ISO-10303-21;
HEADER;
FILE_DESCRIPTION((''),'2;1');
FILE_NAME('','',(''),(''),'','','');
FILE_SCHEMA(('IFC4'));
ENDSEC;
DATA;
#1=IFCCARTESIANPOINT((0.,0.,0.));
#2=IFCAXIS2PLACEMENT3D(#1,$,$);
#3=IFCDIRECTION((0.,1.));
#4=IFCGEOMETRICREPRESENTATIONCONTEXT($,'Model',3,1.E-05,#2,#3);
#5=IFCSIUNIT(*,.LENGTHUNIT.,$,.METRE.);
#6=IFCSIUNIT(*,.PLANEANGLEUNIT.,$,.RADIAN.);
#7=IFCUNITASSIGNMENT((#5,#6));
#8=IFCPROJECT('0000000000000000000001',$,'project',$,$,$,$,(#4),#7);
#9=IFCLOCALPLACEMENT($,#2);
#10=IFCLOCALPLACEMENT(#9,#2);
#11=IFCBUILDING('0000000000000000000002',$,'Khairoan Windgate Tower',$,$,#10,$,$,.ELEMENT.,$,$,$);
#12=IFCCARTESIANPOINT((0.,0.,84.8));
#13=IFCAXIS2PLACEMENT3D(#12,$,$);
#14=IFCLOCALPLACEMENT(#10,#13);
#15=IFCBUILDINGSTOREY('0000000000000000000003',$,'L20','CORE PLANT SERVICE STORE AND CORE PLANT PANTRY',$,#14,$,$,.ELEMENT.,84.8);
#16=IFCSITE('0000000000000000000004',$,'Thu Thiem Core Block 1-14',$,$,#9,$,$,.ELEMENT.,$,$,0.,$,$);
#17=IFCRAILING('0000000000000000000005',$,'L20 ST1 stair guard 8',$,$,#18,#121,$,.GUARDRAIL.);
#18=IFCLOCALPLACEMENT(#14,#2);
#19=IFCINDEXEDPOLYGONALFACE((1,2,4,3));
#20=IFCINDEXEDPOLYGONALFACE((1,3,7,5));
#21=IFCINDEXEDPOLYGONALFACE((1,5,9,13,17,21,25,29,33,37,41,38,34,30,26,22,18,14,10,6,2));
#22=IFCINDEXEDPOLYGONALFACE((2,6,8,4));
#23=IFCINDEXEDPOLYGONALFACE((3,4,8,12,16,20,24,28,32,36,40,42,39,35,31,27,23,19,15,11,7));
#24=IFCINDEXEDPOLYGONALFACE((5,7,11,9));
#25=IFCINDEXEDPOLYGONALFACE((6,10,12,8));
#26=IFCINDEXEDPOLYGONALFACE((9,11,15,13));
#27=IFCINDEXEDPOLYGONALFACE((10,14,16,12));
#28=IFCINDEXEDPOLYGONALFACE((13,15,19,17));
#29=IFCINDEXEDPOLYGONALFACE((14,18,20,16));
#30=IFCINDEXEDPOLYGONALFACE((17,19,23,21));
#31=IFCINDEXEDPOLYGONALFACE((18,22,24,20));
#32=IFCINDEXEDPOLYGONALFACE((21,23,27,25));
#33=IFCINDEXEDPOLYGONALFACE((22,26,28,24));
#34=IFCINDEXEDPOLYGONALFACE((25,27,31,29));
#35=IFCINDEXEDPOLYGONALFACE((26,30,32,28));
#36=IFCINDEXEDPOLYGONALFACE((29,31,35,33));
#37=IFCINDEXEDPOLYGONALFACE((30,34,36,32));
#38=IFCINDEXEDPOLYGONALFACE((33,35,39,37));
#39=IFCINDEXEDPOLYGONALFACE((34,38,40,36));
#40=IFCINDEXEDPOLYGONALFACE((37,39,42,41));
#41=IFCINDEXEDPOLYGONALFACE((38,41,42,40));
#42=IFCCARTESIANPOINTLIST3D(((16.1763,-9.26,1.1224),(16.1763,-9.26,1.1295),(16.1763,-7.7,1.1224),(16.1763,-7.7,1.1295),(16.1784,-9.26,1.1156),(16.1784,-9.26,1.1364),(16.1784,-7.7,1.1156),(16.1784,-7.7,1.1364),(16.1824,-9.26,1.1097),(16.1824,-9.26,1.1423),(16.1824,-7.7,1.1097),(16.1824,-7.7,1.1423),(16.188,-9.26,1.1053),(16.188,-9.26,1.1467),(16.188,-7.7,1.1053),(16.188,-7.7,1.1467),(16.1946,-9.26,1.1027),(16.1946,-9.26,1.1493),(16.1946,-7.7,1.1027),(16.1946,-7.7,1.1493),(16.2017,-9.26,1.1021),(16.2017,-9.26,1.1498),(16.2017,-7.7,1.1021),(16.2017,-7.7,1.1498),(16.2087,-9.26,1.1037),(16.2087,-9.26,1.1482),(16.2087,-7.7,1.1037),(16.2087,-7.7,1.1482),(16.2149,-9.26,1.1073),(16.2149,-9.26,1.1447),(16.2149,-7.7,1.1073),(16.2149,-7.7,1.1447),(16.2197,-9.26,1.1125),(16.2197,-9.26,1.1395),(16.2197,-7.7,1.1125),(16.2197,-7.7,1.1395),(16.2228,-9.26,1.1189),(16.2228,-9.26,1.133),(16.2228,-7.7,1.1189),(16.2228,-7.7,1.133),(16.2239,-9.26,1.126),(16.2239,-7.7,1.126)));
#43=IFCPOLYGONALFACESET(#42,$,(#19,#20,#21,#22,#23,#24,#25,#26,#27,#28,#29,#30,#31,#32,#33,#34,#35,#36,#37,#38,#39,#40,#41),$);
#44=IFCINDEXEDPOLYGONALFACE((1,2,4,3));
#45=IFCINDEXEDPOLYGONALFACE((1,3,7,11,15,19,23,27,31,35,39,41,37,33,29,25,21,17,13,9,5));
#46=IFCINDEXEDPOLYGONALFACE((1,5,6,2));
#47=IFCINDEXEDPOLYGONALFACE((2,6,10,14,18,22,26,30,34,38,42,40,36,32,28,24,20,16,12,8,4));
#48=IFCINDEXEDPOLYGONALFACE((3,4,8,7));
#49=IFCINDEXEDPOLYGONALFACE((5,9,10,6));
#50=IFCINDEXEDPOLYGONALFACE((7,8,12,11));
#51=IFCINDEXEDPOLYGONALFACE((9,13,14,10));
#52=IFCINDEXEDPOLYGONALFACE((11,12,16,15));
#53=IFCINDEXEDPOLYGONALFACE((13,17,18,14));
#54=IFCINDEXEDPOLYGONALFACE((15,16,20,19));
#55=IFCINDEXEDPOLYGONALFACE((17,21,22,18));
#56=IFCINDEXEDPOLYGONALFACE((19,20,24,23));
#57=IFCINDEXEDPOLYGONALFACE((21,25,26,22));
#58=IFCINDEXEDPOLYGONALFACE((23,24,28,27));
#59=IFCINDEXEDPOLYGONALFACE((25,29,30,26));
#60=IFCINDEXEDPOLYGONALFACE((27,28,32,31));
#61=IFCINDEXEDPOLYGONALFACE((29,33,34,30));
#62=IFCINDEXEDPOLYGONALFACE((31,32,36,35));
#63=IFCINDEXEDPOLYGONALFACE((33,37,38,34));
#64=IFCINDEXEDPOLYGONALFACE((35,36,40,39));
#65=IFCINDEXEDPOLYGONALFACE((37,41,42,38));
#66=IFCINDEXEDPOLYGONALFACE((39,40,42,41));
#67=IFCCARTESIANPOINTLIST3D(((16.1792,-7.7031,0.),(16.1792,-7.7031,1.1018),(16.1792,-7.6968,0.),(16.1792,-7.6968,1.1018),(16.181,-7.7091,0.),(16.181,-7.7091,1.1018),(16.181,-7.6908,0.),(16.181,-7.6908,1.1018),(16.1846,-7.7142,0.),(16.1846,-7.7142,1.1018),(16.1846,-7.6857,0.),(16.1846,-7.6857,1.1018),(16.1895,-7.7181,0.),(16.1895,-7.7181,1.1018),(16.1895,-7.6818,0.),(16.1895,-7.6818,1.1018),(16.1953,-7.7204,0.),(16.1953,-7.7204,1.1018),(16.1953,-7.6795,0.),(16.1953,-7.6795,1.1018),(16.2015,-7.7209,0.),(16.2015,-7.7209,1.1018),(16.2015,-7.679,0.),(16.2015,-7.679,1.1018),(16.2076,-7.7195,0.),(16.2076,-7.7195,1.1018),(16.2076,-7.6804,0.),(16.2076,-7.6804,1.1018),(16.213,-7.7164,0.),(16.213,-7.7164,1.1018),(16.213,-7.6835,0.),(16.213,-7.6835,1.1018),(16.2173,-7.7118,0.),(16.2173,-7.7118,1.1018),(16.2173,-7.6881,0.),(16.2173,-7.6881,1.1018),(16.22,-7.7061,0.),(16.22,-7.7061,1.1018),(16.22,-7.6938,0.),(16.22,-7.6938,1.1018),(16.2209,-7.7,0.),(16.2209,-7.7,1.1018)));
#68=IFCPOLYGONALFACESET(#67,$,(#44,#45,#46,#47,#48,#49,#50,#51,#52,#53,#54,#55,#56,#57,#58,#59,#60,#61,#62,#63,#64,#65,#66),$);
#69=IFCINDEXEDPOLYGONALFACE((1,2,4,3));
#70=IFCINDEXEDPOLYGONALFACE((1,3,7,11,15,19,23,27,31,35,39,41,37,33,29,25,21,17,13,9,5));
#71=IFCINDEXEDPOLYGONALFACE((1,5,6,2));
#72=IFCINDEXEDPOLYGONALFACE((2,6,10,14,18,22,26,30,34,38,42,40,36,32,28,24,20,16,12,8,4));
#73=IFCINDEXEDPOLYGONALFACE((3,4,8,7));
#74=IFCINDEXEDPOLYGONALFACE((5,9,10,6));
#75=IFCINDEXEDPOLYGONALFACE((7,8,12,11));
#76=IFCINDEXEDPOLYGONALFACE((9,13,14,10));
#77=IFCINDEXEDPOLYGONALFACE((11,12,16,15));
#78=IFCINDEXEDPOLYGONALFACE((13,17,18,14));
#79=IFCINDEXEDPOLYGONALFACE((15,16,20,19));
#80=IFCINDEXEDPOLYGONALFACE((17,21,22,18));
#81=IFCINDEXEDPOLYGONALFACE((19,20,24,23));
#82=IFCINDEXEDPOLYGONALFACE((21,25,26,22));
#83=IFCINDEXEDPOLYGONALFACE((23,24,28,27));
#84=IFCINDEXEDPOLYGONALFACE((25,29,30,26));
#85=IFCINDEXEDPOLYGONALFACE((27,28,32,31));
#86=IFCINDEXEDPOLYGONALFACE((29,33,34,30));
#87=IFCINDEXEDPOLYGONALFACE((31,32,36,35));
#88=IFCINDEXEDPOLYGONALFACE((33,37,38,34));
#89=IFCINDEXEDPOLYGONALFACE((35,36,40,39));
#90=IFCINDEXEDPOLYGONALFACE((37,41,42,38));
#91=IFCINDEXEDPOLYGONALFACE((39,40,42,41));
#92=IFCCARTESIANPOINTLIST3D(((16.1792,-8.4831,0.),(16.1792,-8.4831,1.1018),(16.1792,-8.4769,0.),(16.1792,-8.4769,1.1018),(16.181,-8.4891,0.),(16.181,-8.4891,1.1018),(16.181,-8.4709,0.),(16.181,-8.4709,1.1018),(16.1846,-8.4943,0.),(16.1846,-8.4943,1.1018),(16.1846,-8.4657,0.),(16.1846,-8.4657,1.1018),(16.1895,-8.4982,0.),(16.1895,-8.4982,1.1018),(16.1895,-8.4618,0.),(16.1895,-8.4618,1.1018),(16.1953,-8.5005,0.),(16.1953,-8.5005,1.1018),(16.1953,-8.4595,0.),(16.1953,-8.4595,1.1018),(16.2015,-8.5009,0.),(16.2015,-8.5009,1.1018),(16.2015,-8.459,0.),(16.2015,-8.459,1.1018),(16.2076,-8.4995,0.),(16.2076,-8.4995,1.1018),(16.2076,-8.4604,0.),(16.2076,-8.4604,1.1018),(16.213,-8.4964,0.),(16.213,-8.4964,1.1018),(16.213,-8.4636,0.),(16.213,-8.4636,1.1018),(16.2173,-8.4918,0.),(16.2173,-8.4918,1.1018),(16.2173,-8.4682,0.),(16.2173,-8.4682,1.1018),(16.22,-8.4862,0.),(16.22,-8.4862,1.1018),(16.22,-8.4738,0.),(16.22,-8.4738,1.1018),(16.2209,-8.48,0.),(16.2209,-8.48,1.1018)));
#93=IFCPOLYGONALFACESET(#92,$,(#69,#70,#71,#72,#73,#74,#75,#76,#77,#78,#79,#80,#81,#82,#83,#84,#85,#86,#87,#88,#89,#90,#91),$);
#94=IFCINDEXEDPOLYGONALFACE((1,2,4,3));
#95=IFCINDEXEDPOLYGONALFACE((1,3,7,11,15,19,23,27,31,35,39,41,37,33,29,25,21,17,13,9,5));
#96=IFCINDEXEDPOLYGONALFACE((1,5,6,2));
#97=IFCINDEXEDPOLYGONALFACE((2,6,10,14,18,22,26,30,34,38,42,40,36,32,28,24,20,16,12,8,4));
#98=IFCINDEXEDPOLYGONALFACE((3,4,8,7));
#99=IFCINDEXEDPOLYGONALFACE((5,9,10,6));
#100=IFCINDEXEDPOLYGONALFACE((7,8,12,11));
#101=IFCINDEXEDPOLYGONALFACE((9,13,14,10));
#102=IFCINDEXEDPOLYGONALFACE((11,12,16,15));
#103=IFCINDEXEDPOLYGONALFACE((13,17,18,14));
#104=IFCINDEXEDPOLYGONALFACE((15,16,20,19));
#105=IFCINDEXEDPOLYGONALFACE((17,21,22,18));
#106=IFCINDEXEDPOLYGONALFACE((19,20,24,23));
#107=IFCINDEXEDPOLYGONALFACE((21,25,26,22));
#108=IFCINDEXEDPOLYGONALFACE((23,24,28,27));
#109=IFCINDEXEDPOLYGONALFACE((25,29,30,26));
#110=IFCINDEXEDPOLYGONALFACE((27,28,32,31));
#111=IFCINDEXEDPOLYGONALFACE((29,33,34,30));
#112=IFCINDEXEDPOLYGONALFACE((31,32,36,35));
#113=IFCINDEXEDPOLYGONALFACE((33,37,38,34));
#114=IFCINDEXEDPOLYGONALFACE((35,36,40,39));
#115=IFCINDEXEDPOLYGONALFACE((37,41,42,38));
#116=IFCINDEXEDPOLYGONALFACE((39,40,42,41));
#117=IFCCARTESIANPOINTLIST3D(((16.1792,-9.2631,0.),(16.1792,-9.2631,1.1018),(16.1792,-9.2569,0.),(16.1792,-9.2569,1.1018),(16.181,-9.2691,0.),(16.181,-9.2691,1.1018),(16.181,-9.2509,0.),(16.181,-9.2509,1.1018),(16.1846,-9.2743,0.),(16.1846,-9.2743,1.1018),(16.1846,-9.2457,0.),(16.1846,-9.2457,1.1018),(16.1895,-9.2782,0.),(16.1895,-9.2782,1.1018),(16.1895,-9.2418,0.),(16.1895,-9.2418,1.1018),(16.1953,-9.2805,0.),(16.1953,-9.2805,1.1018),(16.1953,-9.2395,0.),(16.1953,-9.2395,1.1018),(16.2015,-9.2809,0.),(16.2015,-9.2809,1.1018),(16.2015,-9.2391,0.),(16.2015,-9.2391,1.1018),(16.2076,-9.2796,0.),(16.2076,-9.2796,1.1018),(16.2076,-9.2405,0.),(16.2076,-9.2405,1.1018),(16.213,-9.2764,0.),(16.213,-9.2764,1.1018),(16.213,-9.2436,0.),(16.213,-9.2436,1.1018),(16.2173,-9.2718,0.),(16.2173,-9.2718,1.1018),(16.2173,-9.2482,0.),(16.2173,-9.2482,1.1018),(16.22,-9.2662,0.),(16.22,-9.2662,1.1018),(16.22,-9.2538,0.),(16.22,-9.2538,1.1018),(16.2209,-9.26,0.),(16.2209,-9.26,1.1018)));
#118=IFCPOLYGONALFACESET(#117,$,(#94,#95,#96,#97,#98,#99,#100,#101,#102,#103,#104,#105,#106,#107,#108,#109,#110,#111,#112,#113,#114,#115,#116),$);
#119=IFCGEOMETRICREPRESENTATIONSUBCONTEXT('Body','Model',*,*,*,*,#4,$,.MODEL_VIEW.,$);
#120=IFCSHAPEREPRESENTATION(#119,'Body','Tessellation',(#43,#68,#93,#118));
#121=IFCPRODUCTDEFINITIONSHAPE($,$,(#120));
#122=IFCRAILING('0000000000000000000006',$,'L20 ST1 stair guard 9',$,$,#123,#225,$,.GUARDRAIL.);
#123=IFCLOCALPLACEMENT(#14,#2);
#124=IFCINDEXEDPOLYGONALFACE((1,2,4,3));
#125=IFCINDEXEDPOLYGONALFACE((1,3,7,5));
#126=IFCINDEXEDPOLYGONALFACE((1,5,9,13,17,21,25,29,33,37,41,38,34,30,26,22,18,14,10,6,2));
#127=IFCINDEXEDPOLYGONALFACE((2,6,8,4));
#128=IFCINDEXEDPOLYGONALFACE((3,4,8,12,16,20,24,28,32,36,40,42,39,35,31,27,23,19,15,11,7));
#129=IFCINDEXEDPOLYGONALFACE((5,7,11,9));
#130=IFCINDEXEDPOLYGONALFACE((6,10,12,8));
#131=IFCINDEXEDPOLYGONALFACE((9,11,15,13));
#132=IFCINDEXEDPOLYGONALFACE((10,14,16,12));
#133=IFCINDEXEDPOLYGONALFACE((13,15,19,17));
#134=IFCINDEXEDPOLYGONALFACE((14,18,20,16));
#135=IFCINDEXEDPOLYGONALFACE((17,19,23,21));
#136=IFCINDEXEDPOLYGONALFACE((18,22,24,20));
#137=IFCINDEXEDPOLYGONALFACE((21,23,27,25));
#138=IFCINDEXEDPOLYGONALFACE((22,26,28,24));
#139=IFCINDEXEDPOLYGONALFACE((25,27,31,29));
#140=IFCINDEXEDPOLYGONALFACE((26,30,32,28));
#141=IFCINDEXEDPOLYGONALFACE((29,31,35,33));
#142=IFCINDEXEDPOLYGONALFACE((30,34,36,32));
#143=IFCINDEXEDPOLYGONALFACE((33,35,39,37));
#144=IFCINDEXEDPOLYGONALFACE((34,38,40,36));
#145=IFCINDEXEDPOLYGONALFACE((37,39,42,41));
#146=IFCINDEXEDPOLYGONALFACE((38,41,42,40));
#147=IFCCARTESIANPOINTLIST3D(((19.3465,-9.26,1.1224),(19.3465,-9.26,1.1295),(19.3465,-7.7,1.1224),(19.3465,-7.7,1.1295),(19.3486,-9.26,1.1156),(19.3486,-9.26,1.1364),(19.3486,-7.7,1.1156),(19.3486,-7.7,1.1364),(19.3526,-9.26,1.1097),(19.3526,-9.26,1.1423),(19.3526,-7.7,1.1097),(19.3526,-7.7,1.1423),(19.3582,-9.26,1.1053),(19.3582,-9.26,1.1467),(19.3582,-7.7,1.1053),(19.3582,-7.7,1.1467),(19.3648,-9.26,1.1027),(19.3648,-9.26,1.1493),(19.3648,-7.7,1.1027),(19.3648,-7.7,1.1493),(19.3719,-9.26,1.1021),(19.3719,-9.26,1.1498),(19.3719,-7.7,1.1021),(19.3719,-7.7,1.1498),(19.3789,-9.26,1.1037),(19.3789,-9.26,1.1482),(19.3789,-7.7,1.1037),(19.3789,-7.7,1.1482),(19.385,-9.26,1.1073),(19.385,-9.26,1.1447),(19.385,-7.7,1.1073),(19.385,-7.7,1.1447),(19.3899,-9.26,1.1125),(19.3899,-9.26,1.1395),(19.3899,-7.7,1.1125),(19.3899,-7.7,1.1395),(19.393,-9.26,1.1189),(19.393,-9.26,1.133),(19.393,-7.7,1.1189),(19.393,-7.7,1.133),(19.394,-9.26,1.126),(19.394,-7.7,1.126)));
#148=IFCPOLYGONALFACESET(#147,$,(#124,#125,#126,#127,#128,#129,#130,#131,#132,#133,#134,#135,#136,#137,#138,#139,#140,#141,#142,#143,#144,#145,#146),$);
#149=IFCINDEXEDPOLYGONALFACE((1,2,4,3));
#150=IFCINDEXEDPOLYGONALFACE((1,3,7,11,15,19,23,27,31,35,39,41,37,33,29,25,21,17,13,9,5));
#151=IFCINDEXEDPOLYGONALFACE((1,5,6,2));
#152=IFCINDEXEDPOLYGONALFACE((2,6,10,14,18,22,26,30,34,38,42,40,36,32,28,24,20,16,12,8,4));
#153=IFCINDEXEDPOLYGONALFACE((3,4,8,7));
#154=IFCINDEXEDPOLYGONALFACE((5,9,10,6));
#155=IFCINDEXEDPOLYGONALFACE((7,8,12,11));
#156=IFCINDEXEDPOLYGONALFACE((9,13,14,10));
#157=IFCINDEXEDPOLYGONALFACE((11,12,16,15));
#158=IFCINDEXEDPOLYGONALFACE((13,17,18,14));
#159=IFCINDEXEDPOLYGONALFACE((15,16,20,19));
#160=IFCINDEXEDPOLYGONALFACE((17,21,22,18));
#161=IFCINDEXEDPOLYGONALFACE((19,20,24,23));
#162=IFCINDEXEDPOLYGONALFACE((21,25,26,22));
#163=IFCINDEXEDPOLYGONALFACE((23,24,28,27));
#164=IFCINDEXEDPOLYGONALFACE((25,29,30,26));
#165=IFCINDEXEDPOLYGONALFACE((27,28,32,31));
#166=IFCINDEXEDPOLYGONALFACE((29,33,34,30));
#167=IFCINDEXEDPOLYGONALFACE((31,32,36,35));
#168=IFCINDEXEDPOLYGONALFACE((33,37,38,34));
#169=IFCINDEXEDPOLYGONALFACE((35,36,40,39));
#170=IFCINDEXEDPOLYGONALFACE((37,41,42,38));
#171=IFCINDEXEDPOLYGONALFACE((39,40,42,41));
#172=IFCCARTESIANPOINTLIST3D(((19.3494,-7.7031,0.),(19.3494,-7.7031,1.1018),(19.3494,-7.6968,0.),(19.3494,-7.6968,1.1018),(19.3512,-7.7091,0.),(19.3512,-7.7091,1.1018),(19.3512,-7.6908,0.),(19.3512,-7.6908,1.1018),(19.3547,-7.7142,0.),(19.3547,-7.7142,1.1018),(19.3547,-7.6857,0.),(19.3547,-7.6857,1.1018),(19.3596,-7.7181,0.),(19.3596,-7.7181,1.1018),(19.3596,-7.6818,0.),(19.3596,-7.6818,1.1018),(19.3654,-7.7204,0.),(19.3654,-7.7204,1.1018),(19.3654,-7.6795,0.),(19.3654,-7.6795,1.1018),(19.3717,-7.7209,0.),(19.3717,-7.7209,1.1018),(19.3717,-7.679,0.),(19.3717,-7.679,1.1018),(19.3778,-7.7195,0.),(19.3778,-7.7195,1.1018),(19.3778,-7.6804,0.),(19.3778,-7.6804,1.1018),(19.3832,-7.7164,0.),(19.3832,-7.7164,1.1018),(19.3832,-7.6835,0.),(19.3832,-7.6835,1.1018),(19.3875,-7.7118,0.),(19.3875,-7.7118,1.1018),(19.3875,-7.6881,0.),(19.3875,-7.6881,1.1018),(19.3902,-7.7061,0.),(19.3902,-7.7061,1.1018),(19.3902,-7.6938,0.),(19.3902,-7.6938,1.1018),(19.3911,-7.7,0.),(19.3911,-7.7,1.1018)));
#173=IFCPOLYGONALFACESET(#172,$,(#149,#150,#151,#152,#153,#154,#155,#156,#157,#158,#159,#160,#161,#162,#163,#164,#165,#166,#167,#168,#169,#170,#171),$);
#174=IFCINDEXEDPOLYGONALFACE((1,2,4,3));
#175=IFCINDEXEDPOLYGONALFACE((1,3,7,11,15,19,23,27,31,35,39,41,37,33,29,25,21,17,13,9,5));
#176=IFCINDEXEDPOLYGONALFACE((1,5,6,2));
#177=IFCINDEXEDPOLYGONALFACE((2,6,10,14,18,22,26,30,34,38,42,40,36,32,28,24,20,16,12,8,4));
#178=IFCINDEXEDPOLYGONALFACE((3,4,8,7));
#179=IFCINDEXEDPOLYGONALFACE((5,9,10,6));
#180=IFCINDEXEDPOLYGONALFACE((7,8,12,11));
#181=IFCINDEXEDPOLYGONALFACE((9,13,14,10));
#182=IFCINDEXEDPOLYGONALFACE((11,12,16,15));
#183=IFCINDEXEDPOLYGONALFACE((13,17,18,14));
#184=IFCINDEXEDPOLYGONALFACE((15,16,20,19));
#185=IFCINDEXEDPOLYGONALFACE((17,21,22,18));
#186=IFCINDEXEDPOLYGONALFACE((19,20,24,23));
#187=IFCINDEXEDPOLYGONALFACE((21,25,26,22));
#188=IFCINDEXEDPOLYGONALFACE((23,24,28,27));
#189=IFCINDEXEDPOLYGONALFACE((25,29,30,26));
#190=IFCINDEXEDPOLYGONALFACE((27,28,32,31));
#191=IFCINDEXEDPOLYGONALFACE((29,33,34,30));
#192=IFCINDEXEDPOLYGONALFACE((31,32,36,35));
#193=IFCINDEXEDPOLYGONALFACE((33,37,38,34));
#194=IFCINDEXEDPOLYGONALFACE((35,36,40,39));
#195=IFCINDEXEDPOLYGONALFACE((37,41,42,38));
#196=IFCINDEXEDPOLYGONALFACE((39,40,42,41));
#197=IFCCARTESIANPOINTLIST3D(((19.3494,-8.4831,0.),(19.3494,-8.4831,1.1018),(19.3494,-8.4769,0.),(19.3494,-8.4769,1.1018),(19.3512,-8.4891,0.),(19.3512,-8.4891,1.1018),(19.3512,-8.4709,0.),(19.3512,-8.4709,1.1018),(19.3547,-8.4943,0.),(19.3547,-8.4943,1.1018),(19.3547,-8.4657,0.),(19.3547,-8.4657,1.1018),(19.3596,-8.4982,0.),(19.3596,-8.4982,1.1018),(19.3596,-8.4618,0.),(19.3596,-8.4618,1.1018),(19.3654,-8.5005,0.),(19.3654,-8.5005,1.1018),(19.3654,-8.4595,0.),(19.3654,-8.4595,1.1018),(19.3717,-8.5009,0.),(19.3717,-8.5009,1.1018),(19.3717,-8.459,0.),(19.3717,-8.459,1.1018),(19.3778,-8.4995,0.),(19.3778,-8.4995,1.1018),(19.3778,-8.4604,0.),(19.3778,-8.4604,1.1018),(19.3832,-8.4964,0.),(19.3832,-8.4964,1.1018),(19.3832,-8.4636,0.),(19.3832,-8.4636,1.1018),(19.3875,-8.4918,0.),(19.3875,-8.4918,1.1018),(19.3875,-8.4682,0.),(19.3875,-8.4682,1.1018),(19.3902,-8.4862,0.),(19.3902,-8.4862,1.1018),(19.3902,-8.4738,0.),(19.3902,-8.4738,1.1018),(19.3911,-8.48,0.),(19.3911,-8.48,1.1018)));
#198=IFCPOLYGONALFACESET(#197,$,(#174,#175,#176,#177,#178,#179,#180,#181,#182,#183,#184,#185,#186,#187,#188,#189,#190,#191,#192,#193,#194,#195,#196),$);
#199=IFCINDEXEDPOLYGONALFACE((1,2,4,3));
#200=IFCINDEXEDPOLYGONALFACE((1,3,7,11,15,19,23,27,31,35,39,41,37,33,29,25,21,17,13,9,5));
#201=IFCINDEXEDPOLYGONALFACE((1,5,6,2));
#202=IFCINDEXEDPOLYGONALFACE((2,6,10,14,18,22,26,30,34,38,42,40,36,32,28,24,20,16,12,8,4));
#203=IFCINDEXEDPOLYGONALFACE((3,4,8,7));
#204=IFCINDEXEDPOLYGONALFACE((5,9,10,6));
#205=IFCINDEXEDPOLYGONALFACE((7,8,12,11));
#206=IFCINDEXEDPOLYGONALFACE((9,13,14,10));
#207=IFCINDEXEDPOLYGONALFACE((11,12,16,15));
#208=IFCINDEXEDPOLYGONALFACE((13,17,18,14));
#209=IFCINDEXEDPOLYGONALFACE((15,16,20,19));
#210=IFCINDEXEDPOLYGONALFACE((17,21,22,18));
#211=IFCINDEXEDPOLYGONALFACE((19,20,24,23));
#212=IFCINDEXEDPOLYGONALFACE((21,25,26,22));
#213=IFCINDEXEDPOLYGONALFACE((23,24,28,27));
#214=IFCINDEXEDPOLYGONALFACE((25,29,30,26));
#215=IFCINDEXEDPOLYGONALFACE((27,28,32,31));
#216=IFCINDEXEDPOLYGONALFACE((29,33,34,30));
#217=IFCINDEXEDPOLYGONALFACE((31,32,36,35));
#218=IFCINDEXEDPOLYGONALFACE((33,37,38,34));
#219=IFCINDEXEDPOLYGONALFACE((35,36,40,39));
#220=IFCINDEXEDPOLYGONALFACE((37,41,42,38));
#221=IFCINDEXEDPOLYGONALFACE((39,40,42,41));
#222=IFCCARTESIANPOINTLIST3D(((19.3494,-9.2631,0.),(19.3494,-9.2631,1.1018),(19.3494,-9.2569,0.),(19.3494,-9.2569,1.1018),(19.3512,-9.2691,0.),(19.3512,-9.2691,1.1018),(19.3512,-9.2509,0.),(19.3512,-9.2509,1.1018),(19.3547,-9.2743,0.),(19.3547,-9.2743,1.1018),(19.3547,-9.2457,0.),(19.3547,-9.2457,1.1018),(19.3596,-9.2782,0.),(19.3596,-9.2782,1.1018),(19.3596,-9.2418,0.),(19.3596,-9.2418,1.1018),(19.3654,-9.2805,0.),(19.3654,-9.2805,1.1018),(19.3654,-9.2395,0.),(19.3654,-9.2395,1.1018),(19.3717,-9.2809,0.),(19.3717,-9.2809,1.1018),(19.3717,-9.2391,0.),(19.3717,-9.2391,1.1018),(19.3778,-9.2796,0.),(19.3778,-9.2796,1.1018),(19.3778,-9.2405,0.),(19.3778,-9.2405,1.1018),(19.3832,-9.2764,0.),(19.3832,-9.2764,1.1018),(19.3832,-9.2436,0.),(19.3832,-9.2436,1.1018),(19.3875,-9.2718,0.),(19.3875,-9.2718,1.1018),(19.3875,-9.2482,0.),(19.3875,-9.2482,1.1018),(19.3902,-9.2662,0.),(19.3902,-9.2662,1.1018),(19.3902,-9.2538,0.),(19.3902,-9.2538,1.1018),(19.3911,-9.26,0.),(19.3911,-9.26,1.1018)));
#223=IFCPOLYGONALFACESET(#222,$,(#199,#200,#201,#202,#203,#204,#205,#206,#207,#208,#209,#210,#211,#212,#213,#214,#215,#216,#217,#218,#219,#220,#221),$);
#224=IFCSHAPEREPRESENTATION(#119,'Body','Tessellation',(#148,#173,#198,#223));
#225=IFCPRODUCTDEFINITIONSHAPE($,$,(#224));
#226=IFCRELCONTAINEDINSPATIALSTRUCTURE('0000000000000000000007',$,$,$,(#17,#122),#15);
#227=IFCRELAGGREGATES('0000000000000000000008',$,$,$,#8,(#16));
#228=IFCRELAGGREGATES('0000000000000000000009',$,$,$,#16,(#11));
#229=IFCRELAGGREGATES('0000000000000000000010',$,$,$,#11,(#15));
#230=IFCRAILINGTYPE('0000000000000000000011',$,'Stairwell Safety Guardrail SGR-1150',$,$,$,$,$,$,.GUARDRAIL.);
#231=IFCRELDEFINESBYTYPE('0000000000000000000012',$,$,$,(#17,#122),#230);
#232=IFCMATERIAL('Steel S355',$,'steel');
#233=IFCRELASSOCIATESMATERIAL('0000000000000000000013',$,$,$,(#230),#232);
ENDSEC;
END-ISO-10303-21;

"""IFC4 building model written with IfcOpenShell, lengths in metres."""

from ifc_helpers import new_model, si_unit, direction, frame, origin, origin_2d, place, context, subcontext, project, spatial, circle, extrude, material, type_object, element, save


model = new_model("IFC4")

# Units and contexts
model_context = context("Model", 3, precision=1e-05, world=origin(), true_north=direction((0.0, 1.0)))
body_context = subcontext(model_context, "Body", "Model", "MODEL_VIEW")
ifc_project = project(units=[si_unit("LENGTHUNIT", "METRE"), si_unit("PLANEANGLEUNIT", "RADIAN")], contexts=[model_context])

# Site, building, storey
site_placement = place(None, origin())
site = spatial("IfcSite", under=ifc_project, at=site_placement, Name="Thu Thiem Core Block 1-14", CompositionType="ELEMENT", RefElevation=0.0)
building_placement = place(site_placement, origin())
building = spatial("IfcBuilding", under=site, at=building_placement, Name="Khairoan Windgate Tower", CompositionType="ELEMENT")
storey_placement = place(building_placement, frame((0.0, 0.0, 84.8)))
storey = spatial("IfcBuildingStorey", under=building, at=storey_placement, Name="L20", Description="CORE PLANT SERVICE STORE AND CORE PLANT PANTRY", CompositionType="ELEMENT", Elevation=84.8)

# Railings
ifc_material_1 = material(Name="Steel S355", Category="steel")
railing_type_1 = type_object("IfcRailingType", Name="Stairwell Safety Guardrail SGR-1150", PredefinedType="GUARDRAIL", material=ifc_material_1)
for number, where, name in (
    (1, (16.2, -7.7, 0.0), "L20 ST1 stair guard 8"),
    (2, (19.3701, -7.7, 0.0), "L20 ST1 stair guard 9"),
):
    element("IfcRailing", number, at=place(storey_placement, frame(where)), inside=storey, type_object=railing_type_1, Name=name, PredefinedType="GUARDRAIL", context=body_context, shape_type="SweptSolid", body=[
        extrude(circle(Radius=0.0239, at=origin_2d()), frame((0.0, 0.0, 1.126), z_axis=(0.0, -1.0, 0.0), x_axis=(1.0, 0.0, 0.0)), (0.0, 0.0, 1.0), 1.5601),
        extrude(circle(Radius=0.021, at=origin_2d()), origin(), (0.0, 0.0, 1.0), 1.1018),
        extrude(circle(Radius=0.021, at=origin_2d()), frame((0.0, -0.78, 0.0)), (0.0, 0.0, 1.0), 1.1018),
        extrude(circle(Radius=0.021, at=origin_2d()), frame((0.0, -1.5601, 0.0)), (0.0, 0.0, 1.0), 1.1018),
    ])

save(model, "model.ifc")
